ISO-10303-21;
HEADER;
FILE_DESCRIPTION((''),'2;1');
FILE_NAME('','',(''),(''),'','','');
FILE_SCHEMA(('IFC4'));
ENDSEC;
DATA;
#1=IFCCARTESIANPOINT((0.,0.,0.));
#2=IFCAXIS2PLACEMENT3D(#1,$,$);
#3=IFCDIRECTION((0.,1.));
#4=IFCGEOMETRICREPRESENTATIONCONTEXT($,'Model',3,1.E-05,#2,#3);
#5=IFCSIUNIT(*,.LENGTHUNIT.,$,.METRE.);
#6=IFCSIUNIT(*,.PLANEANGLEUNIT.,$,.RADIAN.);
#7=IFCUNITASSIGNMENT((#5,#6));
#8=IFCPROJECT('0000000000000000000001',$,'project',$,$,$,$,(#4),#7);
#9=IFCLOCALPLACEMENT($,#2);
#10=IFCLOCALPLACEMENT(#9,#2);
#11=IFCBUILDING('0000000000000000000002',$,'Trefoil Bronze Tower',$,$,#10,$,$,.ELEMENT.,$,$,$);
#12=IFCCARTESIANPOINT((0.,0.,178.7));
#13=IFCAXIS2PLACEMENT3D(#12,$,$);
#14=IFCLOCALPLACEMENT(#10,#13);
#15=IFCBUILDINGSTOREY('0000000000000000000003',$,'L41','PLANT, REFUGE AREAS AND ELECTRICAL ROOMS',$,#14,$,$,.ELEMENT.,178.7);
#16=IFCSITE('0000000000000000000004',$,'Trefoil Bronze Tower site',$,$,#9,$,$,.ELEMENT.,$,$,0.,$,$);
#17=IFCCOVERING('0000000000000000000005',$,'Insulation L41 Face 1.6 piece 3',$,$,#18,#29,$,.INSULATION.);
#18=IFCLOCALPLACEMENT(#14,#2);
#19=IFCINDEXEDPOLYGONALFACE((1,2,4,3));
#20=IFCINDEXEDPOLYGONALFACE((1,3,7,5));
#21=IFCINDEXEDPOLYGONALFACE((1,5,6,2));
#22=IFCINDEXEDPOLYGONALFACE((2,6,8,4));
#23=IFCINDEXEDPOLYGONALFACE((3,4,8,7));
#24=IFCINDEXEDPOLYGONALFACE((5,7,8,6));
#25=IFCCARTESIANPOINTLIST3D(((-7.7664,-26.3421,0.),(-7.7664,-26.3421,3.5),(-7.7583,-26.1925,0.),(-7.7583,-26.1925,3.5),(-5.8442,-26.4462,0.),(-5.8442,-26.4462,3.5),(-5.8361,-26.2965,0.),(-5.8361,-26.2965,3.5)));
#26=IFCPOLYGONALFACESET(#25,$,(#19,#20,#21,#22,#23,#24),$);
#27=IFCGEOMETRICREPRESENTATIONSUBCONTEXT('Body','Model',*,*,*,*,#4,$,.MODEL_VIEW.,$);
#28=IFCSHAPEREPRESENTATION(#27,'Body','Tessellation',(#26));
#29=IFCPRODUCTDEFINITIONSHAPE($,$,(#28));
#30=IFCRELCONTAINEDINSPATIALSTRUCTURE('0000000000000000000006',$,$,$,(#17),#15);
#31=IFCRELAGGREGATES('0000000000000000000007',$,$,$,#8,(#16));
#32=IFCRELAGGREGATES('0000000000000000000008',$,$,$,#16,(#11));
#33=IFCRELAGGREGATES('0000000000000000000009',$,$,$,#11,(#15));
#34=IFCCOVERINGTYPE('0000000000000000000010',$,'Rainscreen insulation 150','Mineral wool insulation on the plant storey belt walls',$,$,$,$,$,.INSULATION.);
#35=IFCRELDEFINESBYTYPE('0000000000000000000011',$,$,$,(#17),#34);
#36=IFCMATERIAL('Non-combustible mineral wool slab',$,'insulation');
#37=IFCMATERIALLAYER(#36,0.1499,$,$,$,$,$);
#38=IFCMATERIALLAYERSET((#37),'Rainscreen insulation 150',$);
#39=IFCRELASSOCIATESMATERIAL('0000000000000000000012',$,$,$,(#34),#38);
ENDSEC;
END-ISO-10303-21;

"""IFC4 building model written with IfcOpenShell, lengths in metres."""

from ifc_helpers import new_model, si_unit, direction, frame, origin, origin_2d, place, context, subcontext, project, spatial, rectangle, extrude, material, layer, layer_set, type_object, element, save


model = new_model("IFC4")

# Units and contexts
model_context = context("Model", 3, precision=1e-05, world=origin(), true_north=direction((0.0, 1.0)))
body_context = subcontext(model_context, "Body", "Model", "MODEL_VIEW")
ifc_project = project(units=[si_unit("LENGTHUNIT", "METRE"), si_unit("PLANEANGLEUNIT", "RADIAN")], contexts=[model_context])

# Site, building, storey
site_placement = place(None, origin())
site = spatial("IfcSite", under=ifc_project, at=site_placement, Name="Trefoil Bronze Tower site", CompositionType="ELEMENT", RefElevation=0.0)
building_placement = place(site_placement, origin())
building = spatial("IfcBuilding", under=site, at=building_placement, Name="Trefoil Bronze Tower", CompositionType="ELEMENT")
storey_placement = place(building_placement, frame((0.0, 0.0, 178.7)))
storey = spatial("IfcBuildingStorey", under=building, at=storey_placement, Name="L41", Description="PLANT, REFUGE AREAS AND ELECTRICAL ROOMS", CompositionType="ELEMENT", Elevation=178.7)

# Covering
ifc_material_1 = material(Name="Non-combustible mineral wool slab", Category="insulation")
ifc_layer_1 = layer(ifc_material_1, 0.1499)
ifc_layer_set_1 = layer_set([ifc_layer_1], Name="Rainscreen insulation 150")
covering_type_1 = type_object("IfcCoveringType", Name="Rainscreen insulation 150", Description="Mineral wool insulation on the plant storey belt walls", PredefinedType="INSULATION", material=ifc_layer_set_1)
covering_1_placement = place(storey_placement, frame((-6.8013, -26.3193, 0.0), z_axis=(0.0, 0.0, 1.0), x_axis=(0.998538, -0.054063, 0.0)))
element("IfcCovering", 1, at=covering_1_placement, inside=storey, type_object=covering_type_1, Name="Insulation L41 Face 1.6 piece 3", PredefinedType="INSULATION", context=body_context, shape_type="SweptSolid", body=[
    extrude(rectangle(XDim=1.925, YDim=0.1499, at=origin_2d()), origin(), (0.0, 0.0, 1.0), 3.5),
])

save(model, "model.ifc")
